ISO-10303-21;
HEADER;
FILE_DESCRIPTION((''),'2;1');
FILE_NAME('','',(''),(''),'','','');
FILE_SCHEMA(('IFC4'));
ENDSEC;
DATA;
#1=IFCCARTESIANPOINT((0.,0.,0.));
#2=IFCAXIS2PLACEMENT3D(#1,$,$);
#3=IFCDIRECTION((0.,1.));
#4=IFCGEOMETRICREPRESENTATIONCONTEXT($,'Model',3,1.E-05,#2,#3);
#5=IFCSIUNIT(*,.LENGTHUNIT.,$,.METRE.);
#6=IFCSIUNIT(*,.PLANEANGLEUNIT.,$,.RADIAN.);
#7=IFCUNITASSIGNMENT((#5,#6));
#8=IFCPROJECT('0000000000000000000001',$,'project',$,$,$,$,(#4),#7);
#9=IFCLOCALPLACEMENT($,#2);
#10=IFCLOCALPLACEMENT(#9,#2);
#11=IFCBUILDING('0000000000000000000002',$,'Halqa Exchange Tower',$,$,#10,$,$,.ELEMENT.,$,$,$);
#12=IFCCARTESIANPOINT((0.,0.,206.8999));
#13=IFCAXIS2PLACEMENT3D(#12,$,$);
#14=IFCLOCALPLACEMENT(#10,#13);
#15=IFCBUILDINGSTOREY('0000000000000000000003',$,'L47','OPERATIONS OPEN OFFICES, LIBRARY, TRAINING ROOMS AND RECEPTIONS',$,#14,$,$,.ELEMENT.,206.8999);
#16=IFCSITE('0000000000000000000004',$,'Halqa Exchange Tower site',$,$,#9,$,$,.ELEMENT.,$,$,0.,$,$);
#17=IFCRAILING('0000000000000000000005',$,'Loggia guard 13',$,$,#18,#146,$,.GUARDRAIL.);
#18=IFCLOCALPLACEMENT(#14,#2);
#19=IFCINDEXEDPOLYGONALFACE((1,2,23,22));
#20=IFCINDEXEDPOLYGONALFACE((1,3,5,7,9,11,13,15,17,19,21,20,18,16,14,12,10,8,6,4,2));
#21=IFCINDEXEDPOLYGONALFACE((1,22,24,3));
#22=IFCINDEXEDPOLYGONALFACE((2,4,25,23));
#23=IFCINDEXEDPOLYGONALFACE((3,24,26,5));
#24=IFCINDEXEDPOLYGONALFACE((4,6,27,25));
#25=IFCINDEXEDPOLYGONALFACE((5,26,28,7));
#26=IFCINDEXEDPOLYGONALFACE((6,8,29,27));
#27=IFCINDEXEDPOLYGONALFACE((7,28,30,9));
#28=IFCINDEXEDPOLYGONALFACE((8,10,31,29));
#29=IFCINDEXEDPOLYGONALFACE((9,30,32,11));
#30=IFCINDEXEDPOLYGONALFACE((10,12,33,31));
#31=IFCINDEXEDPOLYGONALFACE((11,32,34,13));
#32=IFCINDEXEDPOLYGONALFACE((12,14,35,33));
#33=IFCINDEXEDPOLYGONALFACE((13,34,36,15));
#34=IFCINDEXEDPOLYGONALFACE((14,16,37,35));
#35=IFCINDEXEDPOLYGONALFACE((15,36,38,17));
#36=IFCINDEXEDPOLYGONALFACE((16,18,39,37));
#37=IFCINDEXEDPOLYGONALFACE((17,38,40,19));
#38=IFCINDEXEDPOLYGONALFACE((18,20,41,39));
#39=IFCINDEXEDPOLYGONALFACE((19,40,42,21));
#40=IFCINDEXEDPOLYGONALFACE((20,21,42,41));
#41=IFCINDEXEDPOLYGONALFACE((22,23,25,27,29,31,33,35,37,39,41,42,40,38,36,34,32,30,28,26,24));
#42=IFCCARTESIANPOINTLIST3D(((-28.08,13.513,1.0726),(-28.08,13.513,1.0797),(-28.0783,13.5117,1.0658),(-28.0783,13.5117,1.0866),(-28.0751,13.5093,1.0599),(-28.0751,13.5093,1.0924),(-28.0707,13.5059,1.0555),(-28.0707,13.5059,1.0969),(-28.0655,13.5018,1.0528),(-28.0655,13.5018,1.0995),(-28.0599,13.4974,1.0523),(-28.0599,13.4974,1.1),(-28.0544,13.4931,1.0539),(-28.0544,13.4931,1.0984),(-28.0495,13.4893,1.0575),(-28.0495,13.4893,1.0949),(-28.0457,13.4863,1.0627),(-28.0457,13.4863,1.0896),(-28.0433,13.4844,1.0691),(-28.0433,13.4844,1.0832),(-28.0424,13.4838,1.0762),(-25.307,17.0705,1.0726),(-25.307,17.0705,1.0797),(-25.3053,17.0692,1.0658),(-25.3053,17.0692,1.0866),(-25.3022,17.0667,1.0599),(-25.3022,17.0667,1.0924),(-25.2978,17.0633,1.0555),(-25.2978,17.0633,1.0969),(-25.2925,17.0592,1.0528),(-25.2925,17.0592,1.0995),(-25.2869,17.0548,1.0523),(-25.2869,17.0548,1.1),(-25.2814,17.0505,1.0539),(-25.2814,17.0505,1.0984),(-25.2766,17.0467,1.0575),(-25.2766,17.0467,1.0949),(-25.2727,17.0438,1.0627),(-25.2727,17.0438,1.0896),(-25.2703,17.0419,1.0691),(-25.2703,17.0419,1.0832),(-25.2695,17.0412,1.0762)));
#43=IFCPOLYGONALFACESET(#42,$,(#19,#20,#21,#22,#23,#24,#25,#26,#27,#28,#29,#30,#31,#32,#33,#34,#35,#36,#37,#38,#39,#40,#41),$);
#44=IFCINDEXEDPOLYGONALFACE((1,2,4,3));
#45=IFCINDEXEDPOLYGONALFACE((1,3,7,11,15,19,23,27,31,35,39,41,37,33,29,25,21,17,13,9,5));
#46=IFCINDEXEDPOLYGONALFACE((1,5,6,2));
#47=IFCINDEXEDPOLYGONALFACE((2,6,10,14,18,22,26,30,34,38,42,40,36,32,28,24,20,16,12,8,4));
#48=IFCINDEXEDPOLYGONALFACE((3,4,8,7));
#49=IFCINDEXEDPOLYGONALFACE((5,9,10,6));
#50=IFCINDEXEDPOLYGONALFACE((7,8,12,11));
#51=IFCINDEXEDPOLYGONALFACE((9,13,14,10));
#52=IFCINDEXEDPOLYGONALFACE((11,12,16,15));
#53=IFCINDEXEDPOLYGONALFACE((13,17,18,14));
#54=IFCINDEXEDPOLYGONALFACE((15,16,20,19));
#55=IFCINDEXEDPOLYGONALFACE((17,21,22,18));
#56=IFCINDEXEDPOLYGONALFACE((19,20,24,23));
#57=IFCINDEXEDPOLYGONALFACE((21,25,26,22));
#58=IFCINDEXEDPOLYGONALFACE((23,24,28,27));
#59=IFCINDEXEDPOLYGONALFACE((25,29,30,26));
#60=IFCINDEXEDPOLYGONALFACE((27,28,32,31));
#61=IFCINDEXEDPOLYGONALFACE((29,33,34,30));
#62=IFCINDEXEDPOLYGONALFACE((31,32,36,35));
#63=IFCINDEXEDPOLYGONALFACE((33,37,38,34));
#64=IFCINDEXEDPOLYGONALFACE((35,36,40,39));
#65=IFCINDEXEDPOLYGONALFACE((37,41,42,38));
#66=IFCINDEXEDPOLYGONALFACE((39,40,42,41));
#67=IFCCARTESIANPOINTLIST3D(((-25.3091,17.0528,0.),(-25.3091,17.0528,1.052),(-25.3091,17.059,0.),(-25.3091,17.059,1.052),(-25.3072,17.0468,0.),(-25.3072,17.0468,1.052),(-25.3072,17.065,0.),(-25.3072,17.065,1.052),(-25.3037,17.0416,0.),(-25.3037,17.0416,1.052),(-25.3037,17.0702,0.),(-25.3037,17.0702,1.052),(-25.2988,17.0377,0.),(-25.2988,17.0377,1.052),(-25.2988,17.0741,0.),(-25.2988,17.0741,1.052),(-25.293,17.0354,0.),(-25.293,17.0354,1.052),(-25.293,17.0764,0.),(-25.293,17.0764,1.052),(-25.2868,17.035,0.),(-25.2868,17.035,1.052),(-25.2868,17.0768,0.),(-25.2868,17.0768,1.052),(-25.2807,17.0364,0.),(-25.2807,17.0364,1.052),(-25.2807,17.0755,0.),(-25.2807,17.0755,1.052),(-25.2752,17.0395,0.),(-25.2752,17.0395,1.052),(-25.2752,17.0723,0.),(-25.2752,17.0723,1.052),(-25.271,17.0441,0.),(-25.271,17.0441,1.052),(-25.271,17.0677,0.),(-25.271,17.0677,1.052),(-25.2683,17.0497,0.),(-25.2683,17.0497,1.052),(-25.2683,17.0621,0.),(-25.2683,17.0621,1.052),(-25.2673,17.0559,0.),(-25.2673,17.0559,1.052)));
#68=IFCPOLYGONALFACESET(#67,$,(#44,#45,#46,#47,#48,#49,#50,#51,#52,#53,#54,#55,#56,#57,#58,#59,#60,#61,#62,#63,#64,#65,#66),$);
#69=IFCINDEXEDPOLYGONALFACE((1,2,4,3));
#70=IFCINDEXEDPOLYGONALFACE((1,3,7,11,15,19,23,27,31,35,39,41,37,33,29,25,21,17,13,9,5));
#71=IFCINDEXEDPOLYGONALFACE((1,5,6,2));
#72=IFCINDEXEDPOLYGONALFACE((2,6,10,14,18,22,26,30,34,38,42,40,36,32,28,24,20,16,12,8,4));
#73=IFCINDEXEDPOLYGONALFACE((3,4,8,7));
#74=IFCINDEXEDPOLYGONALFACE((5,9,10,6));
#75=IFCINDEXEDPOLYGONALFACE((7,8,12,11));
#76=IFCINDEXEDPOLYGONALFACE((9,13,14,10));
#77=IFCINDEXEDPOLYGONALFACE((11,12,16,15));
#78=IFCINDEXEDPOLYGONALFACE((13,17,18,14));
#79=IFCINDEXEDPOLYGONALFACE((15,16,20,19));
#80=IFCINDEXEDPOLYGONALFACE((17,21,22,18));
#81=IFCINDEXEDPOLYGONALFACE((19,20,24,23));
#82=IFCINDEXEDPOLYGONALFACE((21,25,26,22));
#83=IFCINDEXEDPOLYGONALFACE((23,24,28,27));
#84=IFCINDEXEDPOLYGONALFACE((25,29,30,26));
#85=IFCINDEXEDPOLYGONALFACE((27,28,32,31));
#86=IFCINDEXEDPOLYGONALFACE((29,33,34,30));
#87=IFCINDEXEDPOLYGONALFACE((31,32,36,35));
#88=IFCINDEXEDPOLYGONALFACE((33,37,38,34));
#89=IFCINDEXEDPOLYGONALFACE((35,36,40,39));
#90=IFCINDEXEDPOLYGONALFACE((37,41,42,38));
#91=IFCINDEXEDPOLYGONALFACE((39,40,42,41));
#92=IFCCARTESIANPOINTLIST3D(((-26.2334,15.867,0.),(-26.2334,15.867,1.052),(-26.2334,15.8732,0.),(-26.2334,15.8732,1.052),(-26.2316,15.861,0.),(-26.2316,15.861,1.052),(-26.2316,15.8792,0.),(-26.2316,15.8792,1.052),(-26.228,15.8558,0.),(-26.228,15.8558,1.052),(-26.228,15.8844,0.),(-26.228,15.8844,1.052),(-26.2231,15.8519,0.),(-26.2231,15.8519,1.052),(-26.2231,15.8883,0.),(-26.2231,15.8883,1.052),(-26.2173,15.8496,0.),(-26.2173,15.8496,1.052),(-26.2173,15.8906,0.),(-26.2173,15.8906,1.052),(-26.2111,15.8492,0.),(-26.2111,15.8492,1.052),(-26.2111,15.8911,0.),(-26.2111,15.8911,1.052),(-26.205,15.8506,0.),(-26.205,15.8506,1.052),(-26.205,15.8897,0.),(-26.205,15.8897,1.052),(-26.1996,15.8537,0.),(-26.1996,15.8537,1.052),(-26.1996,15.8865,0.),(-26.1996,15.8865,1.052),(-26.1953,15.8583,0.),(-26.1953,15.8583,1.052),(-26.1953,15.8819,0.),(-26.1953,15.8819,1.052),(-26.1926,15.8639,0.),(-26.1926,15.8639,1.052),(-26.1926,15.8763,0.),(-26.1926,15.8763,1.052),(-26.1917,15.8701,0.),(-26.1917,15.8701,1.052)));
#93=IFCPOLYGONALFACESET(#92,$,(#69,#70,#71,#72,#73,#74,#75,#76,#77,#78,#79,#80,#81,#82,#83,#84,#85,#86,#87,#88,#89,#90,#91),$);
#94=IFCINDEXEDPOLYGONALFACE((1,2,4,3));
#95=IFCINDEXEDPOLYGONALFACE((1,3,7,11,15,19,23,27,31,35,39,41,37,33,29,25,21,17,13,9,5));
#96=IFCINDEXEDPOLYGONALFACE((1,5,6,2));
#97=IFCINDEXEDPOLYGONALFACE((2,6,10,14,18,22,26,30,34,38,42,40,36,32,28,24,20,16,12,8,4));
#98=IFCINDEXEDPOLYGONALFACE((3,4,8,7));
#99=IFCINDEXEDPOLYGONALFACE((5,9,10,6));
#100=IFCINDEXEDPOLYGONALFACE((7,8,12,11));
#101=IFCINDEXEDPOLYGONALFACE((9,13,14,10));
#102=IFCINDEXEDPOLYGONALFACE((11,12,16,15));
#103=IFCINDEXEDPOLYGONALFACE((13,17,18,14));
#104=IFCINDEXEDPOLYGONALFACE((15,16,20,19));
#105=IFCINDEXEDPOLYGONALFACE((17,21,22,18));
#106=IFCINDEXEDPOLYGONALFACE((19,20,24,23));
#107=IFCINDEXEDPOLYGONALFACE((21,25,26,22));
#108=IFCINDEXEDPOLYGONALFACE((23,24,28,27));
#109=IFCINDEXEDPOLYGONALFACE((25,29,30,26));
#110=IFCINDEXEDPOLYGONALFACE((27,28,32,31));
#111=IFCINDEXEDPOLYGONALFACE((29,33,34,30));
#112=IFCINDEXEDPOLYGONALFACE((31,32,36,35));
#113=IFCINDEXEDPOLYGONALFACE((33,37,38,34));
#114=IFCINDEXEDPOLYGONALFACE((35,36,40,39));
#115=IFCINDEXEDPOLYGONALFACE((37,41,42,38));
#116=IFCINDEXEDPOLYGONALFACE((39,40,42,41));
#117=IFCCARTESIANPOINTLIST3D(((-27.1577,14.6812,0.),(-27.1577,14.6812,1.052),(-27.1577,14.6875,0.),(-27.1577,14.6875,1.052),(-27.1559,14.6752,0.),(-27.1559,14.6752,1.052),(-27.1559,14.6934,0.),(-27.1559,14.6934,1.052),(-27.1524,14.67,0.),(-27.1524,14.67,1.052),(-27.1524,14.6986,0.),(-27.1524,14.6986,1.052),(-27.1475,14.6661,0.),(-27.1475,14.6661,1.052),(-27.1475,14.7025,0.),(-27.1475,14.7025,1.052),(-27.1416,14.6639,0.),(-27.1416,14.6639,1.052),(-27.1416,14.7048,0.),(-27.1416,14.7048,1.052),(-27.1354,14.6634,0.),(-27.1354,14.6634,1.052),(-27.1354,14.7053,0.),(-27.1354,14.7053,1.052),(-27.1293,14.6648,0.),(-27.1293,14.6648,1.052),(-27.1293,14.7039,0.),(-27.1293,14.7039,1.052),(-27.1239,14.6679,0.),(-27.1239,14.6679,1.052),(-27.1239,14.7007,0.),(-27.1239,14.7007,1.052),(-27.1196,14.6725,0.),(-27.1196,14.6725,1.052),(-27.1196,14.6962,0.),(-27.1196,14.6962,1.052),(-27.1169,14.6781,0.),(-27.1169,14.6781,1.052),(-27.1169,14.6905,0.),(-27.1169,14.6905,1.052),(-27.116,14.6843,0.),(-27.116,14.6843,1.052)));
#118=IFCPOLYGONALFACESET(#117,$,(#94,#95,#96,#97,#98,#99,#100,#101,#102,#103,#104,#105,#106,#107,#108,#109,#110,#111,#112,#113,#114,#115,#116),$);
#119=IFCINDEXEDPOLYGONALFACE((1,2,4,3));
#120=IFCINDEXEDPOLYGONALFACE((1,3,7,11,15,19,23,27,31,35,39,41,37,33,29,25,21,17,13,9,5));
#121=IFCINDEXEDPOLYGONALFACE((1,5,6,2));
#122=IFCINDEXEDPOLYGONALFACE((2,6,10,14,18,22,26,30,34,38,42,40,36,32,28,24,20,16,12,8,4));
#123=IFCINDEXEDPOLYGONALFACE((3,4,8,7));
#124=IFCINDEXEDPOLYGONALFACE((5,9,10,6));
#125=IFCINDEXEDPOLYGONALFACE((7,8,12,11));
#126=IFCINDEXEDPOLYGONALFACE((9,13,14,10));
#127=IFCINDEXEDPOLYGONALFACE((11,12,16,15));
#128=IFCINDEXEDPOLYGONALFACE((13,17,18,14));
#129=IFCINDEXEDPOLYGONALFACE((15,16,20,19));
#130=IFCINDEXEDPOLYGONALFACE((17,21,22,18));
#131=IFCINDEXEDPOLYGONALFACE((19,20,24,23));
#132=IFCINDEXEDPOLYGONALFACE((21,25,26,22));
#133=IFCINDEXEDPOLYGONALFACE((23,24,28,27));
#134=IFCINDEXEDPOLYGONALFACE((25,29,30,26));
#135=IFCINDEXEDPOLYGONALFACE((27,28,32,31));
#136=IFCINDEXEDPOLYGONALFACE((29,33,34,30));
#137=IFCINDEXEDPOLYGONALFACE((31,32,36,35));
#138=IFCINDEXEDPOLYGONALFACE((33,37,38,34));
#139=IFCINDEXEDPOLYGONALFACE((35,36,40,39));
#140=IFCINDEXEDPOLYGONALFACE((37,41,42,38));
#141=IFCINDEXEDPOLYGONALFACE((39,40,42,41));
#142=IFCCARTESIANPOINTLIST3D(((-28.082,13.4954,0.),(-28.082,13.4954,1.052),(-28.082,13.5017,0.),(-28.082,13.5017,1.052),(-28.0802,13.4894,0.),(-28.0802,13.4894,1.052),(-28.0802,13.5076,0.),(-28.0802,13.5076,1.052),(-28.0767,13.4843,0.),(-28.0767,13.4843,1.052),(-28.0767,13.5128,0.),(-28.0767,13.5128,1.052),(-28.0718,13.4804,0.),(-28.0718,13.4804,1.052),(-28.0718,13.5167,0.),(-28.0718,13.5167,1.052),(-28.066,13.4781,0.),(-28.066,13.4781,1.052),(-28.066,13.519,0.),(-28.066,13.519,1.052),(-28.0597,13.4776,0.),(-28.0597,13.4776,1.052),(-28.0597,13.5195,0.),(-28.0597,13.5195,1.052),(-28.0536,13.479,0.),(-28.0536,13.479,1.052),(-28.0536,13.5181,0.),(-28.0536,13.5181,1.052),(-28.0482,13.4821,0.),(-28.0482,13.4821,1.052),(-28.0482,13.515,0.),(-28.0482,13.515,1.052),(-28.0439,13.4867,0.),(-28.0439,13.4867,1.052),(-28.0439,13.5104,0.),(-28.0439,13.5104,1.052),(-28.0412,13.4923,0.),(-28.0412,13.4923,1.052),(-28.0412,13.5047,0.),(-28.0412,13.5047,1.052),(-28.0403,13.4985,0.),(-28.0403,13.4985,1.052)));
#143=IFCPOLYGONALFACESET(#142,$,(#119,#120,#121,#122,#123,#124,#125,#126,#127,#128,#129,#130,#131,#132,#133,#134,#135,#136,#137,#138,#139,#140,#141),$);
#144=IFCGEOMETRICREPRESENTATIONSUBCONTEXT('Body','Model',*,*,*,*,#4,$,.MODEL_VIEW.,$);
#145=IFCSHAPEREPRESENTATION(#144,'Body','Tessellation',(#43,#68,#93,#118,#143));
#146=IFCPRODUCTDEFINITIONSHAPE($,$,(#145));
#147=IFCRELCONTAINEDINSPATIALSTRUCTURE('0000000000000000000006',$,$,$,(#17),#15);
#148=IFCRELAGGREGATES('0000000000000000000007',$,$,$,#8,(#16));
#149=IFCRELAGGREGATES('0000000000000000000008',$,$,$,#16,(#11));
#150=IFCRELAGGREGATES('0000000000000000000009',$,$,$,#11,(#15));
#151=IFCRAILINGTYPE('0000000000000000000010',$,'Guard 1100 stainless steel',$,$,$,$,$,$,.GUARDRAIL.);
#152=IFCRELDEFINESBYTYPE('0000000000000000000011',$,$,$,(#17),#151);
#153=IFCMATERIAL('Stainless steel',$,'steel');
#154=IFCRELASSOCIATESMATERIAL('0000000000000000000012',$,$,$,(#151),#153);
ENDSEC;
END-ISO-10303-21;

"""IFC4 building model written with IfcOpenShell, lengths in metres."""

from ifc_helpers import new_model, si_unit, direction, frame, origin, origin_2d, place, context, subcontext, project, spatial, circle, extrude, material, type_object, element, save


model = new_model("IFC4")

# Units and contexts
model_context = context("Model", 3, precision=1e-05, world=origin(), true_north=direction((0.0, 1.0)))
body_context = subcontext(model_context, "Body", "Model", "MODEL_VIEW")
ifc_project = project(units=[si_unit("LENGTHUNIT", "METRE"), si_unit("PLANEANGLEUNIT", "RADIAN")], contexts=[model_context])

# Site, building, storey
site_placement = place(None, origin())
site = spatial("IfcSite", under=ifc_project, at=site_placement, Name="Halqa Exchange Tower site", CompositionType="ELEMENT", RefElevation=0.0)
building_placement = place(site_placement, origin())
building = spatial("IfcBuilding", under=site, at=building_placement, Name="Halqa Exchange Tower", CompositionType="ELEMENT")
storey_placement = place(building_placement, frame((0.0, 0.0, 206.8999)))
storey = spatial("IfcBuildingStorey", under=building, at=storey_placement, Name="L47", Description="OPERATIONS OPEN OFFICES, LIBRARY, TRAINING ROOMS AND RECEPTIONS", CompositionType="ELEMENT", Elevation=206.8999)

# Railing
ifc_material_1 = material(Name="Stainless steel", Category="steel")
railing_type = type_object("IfcRailingType", Name="Guard 1100 stainless steel", PredefinedType="GUARDRAIL", material=ifc_material_1)
railing_1_placement = place(storey_placement, frame((-25.2883, 17.0559, 0.0)))
element("IfcRailing", 1, at=railing_1_placement, inside=storey, type_object=railing_type, Name="Loggia guard 13", PredefinedType="GUARDRAIL", context=body_context, shape_type="SweptSolid", body=[
    extrude(circle(Radius=0.0239, at=origin_2d()), frame((0.0, 0.0, 1.0762), z_axis=(-0.614783, -0.788696, 0.0), x_axis=(0.788696, -0.614783, 0.0)), (0.0, 0.0, 1.0), 4.5105),
    extrude(circle(Radius=0.021, at=origin_2d()), origin(), (0.0, 0.0, 1.0), 1.052),
    extrude(circle(Radius=0.021, at=origin_2d()), frame((-0.9243, -1.1858, 0.0)), (0.0, 0.0, 1.0), 1.052),
    extrude(circle(Radius=0.021, at=origin_2d()), frame((-1.8486, -2.3716, 0.0)), (0.0, 0.0, 1.0), 1.052),
    extrude(circle(Radius=0.021, at=origin_2d()), frame((-2.7729, -3.5574, 0.0)), (0.0, 0.0, 1.0), 1.052),
])

save(model, "model.ifc")
